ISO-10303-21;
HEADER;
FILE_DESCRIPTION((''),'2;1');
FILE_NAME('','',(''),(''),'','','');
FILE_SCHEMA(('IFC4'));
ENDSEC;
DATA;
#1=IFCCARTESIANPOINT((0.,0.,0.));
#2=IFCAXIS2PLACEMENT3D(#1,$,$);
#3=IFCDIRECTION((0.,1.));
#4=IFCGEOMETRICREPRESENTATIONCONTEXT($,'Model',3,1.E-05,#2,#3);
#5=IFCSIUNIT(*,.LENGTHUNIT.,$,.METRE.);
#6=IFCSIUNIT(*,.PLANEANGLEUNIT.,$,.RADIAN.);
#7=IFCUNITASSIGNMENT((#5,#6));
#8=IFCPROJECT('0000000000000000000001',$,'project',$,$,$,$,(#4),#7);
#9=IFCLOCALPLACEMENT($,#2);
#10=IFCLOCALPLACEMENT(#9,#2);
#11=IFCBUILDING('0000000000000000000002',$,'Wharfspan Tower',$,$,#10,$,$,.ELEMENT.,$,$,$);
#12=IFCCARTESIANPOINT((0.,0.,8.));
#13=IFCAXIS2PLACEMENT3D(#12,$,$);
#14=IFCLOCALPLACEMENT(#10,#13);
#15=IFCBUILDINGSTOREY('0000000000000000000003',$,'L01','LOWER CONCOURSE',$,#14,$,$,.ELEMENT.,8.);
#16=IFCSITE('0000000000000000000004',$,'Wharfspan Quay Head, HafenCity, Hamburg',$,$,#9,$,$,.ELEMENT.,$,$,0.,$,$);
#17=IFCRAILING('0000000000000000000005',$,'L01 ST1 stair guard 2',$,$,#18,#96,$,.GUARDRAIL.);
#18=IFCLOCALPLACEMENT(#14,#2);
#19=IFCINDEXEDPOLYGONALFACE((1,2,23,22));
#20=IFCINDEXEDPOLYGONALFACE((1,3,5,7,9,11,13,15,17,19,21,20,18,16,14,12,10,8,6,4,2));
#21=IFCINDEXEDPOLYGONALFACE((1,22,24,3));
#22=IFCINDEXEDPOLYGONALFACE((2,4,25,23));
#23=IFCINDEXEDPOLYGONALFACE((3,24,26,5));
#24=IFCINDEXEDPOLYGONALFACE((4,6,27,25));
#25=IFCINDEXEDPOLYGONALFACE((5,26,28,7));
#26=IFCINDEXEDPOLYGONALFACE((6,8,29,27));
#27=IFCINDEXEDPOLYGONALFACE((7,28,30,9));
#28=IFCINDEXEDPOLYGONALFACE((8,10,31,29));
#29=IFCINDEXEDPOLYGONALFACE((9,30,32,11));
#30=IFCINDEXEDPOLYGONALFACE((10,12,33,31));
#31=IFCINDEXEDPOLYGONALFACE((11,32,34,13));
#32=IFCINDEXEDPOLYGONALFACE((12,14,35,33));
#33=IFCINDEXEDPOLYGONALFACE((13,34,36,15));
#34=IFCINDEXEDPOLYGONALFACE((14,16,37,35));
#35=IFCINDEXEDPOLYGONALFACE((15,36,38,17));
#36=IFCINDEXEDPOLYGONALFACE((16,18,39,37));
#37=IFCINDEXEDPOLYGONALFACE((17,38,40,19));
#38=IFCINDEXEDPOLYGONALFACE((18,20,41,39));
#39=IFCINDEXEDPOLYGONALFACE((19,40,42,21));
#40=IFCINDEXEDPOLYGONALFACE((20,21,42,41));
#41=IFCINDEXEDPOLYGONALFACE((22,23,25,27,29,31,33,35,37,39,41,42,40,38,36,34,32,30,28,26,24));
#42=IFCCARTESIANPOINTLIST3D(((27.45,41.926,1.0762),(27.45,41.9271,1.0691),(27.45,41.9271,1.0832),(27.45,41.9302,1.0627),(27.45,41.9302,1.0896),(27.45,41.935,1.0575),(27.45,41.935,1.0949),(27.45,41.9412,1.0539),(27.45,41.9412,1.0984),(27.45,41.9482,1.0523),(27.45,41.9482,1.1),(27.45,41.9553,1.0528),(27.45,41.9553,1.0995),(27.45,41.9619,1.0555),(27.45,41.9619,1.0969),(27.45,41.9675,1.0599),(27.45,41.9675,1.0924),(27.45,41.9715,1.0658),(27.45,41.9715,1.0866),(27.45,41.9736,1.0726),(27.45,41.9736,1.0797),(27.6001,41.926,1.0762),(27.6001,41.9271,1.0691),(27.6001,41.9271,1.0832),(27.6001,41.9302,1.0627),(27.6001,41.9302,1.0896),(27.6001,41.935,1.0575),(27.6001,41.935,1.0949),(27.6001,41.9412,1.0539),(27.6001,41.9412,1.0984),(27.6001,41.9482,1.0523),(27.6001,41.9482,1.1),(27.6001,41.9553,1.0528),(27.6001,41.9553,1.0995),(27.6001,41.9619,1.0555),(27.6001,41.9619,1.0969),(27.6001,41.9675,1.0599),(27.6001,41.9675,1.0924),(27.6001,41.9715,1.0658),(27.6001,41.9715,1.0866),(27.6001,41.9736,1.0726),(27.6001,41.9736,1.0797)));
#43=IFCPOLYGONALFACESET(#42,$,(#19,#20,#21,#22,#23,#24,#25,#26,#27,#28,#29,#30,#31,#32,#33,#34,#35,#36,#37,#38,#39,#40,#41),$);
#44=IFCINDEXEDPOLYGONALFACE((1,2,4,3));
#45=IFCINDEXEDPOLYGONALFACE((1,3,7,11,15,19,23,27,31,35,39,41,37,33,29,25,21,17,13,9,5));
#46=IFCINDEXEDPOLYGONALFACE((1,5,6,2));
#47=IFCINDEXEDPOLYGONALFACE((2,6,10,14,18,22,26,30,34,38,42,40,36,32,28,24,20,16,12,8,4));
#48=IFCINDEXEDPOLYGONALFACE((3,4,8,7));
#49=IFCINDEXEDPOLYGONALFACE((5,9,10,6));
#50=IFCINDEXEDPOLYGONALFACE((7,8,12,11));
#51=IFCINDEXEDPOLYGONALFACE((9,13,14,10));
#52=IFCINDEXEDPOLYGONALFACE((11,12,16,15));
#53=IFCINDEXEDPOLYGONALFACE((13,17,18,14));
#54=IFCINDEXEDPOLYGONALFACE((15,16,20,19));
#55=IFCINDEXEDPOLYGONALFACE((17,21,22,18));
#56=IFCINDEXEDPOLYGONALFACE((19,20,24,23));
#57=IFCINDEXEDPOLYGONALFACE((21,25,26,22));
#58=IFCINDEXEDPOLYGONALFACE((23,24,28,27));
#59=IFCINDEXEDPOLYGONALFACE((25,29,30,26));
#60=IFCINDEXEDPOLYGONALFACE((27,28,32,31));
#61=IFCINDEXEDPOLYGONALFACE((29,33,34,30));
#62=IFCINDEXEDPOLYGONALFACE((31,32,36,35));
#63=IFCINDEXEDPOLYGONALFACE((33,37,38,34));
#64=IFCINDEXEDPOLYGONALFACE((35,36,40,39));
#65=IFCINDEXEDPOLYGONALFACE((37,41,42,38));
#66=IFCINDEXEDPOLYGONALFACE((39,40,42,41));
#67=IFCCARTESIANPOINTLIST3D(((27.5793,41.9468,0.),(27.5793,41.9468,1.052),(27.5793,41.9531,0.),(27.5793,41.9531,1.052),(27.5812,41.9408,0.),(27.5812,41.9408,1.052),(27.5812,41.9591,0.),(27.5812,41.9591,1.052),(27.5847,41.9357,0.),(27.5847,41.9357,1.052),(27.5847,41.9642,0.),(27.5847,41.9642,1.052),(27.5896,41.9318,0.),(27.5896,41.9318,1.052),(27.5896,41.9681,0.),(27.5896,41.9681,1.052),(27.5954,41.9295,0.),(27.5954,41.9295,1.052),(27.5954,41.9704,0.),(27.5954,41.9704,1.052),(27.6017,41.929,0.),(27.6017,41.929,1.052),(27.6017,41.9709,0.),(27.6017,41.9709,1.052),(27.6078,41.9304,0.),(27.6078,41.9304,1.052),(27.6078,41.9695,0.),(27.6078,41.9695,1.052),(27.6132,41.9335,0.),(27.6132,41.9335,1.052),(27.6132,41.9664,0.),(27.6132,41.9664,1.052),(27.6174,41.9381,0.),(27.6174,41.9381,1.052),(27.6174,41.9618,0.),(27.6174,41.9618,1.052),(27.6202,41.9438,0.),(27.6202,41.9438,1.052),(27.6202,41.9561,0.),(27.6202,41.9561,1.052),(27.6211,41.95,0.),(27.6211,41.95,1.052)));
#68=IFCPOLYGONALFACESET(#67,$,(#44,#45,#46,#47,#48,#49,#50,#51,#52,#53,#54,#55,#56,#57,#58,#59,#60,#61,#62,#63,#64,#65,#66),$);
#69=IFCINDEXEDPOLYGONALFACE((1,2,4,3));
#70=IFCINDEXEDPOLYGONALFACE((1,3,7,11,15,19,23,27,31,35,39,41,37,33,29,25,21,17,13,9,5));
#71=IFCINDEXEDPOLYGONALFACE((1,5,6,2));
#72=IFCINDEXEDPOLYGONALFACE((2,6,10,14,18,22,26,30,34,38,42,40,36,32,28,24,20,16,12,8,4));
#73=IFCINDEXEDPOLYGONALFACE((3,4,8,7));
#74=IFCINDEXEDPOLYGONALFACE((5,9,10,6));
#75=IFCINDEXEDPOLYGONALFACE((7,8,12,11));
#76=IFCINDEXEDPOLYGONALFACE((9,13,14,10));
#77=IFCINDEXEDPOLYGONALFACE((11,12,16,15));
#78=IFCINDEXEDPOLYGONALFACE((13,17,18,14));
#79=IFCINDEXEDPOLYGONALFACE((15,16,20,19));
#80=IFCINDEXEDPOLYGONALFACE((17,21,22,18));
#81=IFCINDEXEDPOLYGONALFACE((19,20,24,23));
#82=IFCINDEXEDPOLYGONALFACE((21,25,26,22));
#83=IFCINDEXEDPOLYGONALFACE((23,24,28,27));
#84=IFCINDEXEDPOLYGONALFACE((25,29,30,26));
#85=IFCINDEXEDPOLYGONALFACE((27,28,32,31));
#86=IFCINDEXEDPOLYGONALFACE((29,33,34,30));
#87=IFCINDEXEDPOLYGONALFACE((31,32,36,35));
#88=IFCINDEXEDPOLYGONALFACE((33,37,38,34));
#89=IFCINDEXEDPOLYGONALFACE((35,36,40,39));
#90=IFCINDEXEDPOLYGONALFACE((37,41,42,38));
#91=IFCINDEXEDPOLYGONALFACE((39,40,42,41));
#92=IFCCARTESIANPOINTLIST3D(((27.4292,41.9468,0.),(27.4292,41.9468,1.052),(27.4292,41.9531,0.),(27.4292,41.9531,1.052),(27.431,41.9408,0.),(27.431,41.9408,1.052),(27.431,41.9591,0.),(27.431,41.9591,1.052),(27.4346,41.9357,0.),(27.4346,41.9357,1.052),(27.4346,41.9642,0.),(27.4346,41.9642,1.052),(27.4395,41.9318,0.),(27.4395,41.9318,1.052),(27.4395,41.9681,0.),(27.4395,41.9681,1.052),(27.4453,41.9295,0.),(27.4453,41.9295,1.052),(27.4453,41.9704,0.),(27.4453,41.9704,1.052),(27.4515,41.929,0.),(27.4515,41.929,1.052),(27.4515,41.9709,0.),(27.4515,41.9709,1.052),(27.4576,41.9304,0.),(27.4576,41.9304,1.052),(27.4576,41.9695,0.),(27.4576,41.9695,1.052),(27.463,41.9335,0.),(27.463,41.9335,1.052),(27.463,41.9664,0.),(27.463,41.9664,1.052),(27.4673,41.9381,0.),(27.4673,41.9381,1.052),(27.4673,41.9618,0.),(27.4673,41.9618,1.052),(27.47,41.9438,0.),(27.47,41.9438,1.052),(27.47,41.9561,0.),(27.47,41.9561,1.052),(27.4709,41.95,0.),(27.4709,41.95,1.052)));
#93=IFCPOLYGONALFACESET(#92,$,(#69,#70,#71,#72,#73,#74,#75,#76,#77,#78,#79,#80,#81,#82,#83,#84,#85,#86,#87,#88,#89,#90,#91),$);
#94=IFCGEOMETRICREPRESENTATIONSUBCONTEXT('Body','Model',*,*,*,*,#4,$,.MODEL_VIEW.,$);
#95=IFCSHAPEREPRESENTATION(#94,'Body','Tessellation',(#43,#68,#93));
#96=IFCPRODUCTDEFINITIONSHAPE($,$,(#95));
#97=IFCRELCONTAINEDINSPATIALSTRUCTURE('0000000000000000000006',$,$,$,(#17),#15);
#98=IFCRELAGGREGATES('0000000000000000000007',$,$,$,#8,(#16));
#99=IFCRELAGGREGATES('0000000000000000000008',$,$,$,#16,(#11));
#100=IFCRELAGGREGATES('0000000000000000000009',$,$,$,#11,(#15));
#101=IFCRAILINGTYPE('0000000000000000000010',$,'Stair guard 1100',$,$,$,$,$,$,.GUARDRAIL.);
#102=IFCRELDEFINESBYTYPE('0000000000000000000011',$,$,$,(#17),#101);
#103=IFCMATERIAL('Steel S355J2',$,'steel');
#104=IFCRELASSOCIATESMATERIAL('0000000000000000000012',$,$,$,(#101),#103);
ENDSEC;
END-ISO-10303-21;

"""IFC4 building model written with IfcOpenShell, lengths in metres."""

from ifc_helpers import new_model, si_unit, direction, frame, origin, origin_2d, place, context, subcontext, project, spatial, circle, extrude, material, type_object, element, save


model = new_model("IFC4")

# Units and contexts
model_context = context("Model", 3, precision=1e-05, world=origin(), true_north=direction((0.0, 1.0)))
body_context = subcontext(model_context, "Body", "Model", "MODEL_VIEW")
ifc_project = project(units=[si_unit("LENGTHUNIT", "METRE"), si_unit("PLANEANGLEUNIT", "RADIAN")], contexts=[model_context])

# Site, building, storey
site_placement = place(None, origin())
site = spatial("IfcSite", under=ifc_project, at=site_placement, Name="Wharfspan Quay Head, HafenCity, Hamburg", CompositionType="ELEMENT", RefElevation=0.0)
building_placement = place(site_placement, origin())
building = spatial("IfcBuilding", under=site, at=building_placement, Name="Wharfspan Tower", CompositionType="ELEMENT")
storey_placement = place(building_placement, frame((0.0, 0.0, 8.0)))
storey = spatial("IfcBuildingStorey", under=building, at=storey_placement, Name="L01", Description="LOWER CONCOURSE", CompositionType="ELEMENT", Elevation=8.0)

# Railing
ifc_material_1 = material(Name="Steel S355J2", Category="steel")
railing_type = type_object("IfcRailingType", Name="Stair guard 1100", PredefinedType="GUARDRAIL", material=ifc_material_1)
railing_1_placement = place(storey_placement, frame((27.6001, 41.95, 0.0)))
element("IfcRailing", 1, at=railing_1_placement, inside=storey, type_object=railing_type, Name="L01 ST1 stair guard 2", PredefinedType="GUARDRAIL", context=body_context, shape_type="SweptSolid", body=[
    extrude(circle(Radius=0.0239, at=origin_2d()), frame((0.0, 0.0, 1.0762), z_axis=(-1.0, 0.0, 0.0), x_axis=(0.0, -1.0, 0.0)), (0.0, 0.0, 1.0), 0.1501),
    extrude(circle(Radius=0.021, at=origin_2d()), origin(), (0.0, 0.0, 1.0), 1.052),
    extrude(circle(Radius=0.021, at=origin_2d()), frame((-0.1501, 0.0, 0.0)), (0.0, 0.0, 1.0), 1.052),
])

save(model, "model.ifc")
